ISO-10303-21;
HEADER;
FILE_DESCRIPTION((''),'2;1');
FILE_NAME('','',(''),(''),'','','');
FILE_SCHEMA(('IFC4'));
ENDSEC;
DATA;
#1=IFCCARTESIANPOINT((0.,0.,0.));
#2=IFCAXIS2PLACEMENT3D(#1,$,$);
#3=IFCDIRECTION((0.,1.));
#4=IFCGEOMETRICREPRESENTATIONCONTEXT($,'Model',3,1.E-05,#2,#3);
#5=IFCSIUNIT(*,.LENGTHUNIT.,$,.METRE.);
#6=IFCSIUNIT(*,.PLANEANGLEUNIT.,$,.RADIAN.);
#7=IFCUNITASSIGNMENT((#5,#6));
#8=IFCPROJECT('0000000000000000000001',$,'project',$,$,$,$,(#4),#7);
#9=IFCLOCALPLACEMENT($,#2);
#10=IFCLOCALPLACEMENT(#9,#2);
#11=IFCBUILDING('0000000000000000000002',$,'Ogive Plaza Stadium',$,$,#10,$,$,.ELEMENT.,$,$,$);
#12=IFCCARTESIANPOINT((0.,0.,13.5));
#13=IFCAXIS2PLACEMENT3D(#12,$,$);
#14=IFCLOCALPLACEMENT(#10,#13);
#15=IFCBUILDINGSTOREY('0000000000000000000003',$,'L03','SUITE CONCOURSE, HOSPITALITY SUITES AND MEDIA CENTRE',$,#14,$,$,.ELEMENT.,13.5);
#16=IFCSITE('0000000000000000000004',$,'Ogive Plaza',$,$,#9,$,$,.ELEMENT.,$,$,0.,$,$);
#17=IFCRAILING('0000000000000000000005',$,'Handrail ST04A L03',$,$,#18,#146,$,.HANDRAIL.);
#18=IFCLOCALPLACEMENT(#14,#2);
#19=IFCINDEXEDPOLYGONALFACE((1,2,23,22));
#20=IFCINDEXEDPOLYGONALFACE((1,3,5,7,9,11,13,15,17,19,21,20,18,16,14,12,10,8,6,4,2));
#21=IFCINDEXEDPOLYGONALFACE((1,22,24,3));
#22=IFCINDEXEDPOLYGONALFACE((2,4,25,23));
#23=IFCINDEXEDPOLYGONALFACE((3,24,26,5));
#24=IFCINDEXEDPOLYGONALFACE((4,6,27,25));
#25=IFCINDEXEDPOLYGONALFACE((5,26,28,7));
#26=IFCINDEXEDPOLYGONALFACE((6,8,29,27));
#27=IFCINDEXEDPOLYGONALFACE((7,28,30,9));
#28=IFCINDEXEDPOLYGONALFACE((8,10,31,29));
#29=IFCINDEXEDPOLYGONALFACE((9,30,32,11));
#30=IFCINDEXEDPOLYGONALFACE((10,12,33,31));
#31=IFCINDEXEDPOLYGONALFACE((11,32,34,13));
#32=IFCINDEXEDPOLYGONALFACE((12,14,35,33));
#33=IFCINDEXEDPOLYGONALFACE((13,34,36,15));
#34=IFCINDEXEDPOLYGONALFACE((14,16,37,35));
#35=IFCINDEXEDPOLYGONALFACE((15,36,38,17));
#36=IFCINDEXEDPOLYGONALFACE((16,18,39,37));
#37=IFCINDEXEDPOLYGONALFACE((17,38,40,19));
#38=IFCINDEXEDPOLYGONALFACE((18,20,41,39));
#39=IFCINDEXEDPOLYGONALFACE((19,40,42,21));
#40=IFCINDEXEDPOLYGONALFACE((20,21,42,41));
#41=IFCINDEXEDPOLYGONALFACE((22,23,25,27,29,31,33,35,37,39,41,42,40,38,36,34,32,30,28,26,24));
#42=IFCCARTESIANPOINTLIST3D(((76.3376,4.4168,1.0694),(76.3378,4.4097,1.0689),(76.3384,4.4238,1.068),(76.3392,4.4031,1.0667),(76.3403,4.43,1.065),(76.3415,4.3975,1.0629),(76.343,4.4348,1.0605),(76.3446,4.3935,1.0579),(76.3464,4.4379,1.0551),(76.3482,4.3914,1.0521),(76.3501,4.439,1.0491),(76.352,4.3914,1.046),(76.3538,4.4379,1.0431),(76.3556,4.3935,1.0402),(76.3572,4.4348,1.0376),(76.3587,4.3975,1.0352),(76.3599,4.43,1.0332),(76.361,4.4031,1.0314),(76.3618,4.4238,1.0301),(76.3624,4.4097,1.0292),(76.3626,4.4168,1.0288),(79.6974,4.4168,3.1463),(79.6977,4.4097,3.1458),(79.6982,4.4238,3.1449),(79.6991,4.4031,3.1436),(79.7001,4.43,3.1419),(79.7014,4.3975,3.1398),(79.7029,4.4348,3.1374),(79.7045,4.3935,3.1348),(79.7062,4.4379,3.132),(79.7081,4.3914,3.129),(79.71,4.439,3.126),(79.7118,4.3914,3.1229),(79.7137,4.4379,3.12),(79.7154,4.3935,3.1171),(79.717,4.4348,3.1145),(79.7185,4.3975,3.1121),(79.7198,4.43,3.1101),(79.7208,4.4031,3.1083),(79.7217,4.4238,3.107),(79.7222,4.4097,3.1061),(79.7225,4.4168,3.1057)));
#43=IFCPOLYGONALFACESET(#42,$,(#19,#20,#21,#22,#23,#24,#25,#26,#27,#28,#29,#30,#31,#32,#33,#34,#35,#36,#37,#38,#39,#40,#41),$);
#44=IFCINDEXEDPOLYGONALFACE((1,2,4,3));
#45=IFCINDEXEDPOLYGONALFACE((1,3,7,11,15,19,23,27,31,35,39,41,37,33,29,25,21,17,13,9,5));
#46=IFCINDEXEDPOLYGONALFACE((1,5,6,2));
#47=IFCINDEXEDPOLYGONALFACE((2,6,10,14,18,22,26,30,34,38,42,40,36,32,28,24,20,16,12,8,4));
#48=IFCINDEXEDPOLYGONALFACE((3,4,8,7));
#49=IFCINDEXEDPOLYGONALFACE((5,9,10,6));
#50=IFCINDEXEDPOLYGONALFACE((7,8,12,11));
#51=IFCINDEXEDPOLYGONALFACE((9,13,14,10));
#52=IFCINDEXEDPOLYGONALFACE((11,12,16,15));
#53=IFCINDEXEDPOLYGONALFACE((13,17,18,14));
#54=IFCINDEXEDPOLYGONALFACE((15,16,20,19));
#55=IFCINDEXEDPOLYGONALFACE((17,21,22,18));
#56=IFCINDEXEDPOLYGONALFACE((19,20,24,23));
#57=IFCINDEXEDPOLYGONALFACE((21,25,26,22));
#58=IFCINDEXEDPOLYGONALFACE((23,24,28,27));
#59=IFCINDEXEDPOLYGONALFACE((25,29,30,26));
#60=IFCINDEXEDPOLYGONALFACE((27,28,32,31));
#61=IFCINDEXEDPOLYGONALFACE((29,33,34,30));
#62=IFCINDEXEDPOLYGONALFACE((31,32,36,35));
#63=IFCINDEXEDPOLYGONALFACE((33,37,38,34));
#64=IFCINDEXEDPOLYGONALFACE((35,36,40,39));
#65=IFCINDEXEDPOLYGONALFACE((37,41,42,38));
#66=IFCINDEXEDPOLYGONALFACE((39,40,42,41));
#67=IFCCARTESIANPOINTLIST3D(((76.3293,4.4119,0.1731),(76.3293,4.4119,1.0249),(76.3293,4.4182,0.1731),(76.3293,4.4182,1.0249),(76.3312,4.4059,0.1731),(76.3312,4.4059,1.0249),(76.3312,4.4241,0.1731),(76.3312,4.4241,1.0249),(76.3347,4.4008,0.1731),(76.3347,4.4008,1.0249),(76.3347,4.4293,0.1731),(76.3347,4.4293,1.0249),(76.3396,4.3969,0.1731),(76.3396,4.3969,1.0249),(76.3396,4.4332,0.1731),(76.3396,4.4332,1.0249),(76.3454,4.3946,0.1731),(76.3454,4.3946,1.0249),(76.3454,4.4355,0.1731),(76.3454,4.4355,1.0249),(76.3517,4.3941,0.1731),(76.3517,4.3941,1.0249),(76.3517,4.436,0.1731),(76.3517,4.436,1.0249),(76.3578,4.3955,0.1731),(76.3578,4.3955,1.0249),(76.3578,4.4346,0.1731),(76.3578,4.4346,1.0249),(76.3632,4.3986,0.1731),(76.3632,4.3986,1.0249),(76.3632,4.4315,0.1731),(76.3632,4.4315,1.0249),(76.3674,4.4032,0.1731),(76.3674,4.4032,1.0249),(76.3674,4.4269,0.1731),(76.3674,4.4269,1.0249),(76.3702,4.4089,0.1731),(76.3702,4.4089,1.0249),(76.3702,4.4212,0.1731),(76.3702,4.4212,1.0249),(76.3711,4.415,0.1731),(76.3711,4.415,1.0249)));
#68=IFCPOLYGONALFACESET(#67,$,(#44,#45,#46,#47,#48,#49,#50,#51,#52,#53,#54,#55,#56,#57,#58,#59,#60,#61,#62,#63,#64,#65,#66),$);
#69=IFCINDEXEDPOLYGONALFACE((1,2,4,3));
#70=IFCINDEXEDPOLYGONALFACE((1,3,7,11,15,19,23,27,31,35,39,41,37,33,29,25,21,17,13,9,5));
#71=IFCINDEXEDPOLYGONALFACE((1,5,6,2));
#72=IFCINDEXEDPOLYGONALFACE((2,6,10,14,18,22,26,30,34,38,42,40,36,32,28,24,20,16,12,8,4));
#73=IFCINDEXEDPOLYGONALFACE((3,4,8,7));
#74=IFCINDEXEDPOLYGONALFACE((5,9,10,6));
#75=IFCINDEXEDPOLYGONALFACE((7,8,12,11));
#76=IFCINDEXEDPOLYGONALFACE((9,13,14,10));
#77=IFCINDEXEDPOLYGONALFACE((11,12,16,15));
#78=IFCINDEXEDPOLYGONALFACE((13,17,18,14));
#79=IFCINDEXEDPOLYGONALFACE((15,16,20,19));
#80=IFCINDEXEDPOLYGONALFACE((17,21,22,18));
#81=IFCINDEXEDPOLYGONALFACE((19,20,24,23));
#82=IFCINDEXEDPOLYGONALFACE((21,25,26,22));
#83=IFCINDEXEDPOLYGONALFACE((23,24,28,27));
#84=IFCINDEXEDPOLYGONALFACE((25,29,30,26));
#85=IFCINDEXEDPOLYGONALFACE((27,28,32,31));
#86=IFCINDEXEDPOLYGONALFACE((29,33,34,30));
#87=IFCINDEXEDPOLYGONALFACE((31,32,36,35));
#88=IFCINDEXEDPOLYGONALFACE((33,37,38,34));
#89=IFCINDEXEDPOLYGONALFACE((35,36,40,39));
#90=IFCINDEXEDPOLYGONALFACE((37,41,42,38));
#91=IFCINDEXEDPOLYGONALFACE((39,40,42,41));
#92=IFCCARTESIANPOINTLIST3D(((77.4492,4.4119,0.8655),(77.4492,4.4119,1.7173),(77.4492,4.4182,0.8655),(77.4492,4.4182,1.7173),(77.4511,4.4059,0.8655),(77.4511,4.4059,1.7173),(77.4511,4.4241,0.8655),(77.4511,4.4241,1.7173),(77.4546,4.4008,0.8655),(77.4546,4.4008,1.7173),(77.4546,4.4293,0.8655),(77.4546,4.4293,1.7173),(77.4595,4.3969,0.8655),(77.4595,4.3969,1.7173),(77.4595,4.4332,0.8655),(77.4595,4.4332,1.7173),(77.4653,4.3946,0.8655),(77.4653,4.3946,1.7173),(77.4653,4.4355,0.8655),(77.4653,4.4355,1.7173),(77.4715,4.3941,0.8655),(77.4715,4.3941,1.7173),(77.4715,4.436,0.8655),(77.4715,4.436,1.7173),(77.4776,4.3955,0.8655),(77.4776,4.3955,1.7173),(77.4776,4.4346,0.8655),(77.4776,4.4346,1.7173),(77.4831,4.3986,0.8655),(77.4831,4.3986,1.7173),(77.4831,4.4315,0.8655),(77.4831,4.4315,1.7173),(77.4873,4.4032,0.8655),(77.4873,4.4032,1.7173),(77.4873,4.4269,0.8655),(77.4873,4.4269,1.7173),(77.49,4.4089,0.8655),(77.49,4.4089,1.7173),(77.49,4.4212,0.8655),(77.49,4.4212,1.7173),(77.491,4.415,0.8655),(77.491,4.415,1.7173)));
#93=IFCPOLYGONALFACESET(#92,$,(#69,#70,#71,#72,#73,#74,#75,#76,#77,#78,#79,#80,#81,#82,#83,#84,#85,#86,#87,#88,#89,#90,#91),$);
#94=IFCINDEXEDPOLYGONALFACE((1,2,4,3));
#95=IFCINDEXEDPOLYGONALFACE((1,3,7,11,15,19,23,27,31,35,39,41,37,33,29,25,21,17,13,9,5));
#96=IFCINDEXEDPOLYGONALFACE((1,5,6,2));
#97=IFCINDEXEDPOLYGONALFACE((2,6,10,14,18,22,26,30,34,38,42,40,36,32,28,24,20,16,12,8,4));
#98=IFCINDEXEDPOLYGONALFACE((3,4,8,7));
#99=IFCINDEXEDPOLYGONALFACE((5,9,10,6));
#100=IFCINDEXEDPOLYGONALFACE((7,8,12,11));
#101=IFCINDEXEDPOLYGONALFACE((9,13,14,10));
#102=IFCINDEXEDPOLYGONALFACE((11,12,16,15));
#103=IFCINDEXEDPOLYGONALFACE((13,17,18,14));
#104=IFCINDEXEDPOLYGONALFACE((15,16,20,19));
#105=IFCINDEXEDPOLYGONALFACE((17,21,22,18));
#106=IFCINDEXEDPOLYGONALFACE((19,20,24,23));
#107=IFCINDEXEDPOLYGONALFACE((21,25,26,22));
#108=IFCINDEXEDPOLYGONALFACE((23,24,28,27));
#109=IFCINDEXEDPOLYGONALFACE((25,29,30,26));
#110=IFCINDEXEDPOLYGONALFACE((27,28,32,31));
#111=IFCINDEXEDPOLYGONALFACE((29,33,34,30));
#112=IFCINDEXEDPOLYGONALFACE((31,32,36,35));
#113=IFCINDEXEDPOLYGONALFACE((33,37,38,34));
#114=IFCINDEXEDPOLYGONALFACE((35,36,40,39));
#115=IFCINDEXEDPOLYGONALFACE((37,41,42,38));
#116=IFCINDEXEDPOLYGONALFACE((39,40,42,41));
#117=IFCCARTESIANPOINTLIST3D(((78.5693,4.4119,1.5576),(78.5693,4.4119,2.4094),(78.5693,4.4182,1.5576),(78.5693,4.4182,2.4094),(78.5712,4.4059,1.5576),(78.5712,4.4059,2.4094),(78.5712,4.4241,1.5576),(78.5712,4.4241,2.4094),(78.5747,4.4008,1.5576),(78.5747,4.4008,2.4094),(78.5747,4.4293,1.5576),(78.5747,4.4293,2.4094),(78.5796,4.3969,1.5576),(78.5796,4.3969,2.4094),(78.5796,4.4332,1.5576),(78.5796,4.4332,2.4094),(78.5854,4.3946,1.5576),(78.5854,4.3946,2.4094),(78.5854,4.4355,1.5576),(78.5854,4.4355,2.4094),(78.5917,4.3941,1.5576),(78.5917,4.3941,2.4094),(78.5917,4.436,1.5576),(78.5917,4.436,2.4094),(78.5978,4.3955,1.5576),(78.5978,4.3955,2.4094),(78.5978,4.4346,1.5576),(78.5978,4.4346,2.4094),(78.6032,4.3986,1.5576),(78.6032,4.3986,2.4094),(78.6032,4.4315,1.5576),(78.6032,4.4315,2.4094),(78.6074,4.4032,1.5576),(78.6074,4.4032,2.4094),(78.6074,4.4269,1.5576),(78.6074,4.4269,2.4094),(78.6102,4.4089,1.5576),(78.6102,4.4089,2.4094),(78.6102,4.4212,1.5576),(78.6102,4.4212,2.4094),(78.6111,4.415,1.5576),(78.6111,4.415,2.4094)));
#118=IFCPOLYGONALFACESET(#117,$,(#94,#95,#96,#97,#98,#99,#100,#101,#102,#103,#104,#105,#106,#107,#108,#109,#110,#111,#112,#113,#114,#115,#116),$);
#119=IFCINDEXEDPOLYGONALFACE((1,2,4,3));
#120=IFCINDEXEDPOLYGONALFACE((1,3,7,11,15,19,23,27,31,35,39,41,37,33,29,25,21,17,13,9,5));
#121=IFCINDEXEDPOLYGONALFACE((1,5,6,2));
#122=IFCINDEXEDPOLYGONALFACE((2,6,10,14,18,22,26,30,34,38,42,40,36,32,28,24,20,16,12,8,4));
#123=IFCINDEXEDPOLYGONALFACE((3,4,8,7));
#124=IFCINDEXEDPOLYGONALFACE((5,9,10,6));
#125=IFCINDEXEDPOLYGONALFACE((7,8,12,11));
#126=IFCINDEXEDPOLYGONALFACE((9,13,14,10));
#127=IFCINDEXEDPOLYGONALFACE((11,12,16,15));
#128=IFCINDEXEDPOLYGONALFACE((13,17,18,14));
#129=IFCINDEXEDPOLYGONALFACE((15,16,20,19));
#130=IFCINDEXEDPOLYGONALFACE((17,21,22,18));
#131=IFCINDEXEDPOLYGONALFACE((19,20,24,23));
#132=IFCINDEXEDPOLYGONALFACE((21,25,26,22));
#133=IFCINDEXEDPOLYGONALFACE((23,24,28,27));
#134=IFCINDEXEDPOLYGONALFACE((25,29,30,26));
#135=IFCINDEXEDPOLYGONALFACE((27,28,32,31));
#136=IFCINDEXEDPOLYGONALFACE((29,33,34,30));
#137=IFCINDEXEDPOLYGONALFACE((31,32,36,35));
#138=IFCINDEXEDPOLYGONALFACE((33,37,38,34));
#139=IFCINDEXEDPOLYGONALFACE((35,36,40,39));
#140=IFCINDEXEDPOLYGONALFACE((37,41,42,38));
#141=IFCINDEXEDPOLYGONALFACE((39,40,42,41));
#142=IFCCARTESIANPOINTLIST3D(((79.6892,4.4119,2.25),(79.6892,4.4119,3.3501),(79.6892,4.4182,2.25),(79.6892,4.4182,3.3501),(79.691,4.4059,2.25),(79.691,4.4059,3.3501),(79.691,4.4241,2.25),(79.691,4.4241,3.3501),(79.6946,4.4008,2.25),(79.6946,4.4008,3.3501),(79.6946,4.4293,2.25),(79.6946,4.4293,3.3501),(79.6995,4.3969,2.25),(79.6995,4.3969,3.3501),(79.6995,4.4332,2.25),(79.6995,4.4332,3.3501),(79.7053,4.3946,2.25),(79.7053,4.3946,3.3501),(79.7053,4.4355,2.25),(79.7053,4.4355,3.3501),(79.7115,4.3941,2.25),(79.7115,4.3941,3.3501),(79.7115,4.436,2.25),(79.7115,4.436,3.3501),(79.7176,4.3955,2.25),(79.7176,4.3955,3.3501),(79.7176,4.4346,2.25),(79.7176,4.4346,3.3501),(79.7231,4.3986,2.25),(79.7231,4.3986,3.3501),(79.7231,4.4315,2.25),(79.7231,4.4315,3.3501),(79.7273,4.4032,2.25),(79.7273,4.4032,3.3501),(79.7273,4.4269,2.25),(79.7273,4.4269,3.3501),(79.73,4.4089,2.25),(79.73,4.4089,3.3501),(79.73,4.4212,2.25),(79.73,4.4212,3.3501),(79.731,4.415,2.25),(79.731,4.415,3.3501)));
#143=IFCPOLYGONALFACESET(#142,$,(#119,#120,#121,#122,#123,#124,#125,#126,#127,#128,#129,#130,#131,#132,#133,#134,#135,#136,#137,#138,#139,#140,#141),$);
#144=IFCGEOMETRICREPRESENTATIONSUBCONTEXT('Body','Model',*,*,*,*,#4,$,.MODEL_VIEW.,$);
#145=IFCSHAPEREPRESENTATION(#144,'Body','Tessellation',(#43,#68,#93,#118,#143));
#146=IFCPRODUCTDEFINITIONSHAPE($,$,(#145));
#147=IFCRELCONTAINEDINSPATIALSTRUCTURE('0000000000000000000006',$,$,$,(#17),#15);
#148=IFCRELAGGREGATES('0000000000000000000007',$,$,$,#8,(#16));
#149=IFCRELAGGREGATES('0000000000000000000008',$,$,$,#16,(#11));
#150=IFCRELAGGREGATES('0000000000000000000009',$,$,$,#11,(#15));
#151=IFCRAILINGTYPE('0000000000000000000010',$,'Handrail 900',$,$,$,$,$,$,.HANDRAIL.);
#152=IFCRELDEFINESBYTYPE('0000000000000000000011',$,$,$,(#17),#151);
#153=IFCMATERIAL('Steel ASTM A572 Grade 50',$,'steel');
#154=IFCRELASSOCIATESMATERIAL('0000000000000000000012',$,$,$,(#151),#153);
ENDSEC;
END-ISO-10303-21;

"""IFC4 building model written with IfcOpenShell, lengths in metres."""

from ifc_helpers import new_model, si_unit, direction, frame, origin, origin_2d, place, context, subcontext, project, spatial, circle, extrude, material, type_object, element, save


model = new_model("IFC4")

# Units and contexts
model_context = context("Model", 3, precision=1e-05, world=origin(), true_north=direction((0.0, 1.0)))
body_context = subcontext(model_context, "Body", "Model", "MODEL_VIEW")
ifc_project = project(units=[si_unit("LENGTHUNIT", "METRE"), si_unit("PLANEANGLEUNIT", "RADIAN")], contexts=[model_context])

# Site, building, storey
site_placement = place(None, origin())
site = spatial("IfcSite", under=ifc_project, at=site_placement, Name="Ogive Plaza", CompositionType="ELEMENT", RefElevation=0.0)
building_placement = place(site_placement, origin())
building = spatial("IfcBuilding", under=site, at=building_placement, Name="Ogive Plaza Stadium", CompositionType="ELEMENT")
storey_placement = place(building_placement, frame((0.0, 0.0, 13.5)))
storey = spatial("IfcBuildingStorey", under=building, at=storey_placement, Name="L03", Description="SUITE CONCOURSE, HOSPITALITY SUITES AND MEDIA CENTRE", CompositionType="ELEMENT", Elevation=13.5)

# Railing
ifc_material_1 = material(Name="Steel ASTM A572 Grade 50", Category="steel")
railing_type_1 = type_object("IfcRailingType", Name="Handrail 900", PredefinedType="HANDRAIL", material=ifc_material_1)
for number, where, name in (
    (1, (76.3501, 4.415, 0.1731), "Handrail ST04A L03"),
):
    element("IfcRailing", number, at=place(storey_placement, frame(where)), inside=storey, type_object=railing_type_1, Name=name, PredefinedType="HANDRAIL", context=body_context, shape_type="SweptSolid", body=[
        extrude(circle(Radius=0.0239, at=origin_2d()), frame((0.0, 0.0, 0.876), z_axis=(0.850606, 0.0, 0.525803), x_axis=(0.0, 1.0, 0.0)), (0.0, 0.0, 1.0), 3.95),
        extrude(circle(Radius=0.021, at=origin_2d()), origin(), (0.0, 0.0, 1.0), 0.8518),
        extrude(circle(Radius=0.021, at=origin_2d()), frame((1.1199, 0.0, 0.6924)), (0.0, 0.0, 1.0), 0.8518),
        extrude(circle(Radius=0.021, at=origin_2d()), frame((2.24, 0.0, 1.3845)), (0.0, 0.0, 1.0), 0.8518),
        extrude(circle(Radius=0.021, at=origin_2d()), frame((3.3599, 0.0, 2.0769)), (0.0, 0.0, 1.0), 1.1001),
    ])

save(model, "model.ifc")
